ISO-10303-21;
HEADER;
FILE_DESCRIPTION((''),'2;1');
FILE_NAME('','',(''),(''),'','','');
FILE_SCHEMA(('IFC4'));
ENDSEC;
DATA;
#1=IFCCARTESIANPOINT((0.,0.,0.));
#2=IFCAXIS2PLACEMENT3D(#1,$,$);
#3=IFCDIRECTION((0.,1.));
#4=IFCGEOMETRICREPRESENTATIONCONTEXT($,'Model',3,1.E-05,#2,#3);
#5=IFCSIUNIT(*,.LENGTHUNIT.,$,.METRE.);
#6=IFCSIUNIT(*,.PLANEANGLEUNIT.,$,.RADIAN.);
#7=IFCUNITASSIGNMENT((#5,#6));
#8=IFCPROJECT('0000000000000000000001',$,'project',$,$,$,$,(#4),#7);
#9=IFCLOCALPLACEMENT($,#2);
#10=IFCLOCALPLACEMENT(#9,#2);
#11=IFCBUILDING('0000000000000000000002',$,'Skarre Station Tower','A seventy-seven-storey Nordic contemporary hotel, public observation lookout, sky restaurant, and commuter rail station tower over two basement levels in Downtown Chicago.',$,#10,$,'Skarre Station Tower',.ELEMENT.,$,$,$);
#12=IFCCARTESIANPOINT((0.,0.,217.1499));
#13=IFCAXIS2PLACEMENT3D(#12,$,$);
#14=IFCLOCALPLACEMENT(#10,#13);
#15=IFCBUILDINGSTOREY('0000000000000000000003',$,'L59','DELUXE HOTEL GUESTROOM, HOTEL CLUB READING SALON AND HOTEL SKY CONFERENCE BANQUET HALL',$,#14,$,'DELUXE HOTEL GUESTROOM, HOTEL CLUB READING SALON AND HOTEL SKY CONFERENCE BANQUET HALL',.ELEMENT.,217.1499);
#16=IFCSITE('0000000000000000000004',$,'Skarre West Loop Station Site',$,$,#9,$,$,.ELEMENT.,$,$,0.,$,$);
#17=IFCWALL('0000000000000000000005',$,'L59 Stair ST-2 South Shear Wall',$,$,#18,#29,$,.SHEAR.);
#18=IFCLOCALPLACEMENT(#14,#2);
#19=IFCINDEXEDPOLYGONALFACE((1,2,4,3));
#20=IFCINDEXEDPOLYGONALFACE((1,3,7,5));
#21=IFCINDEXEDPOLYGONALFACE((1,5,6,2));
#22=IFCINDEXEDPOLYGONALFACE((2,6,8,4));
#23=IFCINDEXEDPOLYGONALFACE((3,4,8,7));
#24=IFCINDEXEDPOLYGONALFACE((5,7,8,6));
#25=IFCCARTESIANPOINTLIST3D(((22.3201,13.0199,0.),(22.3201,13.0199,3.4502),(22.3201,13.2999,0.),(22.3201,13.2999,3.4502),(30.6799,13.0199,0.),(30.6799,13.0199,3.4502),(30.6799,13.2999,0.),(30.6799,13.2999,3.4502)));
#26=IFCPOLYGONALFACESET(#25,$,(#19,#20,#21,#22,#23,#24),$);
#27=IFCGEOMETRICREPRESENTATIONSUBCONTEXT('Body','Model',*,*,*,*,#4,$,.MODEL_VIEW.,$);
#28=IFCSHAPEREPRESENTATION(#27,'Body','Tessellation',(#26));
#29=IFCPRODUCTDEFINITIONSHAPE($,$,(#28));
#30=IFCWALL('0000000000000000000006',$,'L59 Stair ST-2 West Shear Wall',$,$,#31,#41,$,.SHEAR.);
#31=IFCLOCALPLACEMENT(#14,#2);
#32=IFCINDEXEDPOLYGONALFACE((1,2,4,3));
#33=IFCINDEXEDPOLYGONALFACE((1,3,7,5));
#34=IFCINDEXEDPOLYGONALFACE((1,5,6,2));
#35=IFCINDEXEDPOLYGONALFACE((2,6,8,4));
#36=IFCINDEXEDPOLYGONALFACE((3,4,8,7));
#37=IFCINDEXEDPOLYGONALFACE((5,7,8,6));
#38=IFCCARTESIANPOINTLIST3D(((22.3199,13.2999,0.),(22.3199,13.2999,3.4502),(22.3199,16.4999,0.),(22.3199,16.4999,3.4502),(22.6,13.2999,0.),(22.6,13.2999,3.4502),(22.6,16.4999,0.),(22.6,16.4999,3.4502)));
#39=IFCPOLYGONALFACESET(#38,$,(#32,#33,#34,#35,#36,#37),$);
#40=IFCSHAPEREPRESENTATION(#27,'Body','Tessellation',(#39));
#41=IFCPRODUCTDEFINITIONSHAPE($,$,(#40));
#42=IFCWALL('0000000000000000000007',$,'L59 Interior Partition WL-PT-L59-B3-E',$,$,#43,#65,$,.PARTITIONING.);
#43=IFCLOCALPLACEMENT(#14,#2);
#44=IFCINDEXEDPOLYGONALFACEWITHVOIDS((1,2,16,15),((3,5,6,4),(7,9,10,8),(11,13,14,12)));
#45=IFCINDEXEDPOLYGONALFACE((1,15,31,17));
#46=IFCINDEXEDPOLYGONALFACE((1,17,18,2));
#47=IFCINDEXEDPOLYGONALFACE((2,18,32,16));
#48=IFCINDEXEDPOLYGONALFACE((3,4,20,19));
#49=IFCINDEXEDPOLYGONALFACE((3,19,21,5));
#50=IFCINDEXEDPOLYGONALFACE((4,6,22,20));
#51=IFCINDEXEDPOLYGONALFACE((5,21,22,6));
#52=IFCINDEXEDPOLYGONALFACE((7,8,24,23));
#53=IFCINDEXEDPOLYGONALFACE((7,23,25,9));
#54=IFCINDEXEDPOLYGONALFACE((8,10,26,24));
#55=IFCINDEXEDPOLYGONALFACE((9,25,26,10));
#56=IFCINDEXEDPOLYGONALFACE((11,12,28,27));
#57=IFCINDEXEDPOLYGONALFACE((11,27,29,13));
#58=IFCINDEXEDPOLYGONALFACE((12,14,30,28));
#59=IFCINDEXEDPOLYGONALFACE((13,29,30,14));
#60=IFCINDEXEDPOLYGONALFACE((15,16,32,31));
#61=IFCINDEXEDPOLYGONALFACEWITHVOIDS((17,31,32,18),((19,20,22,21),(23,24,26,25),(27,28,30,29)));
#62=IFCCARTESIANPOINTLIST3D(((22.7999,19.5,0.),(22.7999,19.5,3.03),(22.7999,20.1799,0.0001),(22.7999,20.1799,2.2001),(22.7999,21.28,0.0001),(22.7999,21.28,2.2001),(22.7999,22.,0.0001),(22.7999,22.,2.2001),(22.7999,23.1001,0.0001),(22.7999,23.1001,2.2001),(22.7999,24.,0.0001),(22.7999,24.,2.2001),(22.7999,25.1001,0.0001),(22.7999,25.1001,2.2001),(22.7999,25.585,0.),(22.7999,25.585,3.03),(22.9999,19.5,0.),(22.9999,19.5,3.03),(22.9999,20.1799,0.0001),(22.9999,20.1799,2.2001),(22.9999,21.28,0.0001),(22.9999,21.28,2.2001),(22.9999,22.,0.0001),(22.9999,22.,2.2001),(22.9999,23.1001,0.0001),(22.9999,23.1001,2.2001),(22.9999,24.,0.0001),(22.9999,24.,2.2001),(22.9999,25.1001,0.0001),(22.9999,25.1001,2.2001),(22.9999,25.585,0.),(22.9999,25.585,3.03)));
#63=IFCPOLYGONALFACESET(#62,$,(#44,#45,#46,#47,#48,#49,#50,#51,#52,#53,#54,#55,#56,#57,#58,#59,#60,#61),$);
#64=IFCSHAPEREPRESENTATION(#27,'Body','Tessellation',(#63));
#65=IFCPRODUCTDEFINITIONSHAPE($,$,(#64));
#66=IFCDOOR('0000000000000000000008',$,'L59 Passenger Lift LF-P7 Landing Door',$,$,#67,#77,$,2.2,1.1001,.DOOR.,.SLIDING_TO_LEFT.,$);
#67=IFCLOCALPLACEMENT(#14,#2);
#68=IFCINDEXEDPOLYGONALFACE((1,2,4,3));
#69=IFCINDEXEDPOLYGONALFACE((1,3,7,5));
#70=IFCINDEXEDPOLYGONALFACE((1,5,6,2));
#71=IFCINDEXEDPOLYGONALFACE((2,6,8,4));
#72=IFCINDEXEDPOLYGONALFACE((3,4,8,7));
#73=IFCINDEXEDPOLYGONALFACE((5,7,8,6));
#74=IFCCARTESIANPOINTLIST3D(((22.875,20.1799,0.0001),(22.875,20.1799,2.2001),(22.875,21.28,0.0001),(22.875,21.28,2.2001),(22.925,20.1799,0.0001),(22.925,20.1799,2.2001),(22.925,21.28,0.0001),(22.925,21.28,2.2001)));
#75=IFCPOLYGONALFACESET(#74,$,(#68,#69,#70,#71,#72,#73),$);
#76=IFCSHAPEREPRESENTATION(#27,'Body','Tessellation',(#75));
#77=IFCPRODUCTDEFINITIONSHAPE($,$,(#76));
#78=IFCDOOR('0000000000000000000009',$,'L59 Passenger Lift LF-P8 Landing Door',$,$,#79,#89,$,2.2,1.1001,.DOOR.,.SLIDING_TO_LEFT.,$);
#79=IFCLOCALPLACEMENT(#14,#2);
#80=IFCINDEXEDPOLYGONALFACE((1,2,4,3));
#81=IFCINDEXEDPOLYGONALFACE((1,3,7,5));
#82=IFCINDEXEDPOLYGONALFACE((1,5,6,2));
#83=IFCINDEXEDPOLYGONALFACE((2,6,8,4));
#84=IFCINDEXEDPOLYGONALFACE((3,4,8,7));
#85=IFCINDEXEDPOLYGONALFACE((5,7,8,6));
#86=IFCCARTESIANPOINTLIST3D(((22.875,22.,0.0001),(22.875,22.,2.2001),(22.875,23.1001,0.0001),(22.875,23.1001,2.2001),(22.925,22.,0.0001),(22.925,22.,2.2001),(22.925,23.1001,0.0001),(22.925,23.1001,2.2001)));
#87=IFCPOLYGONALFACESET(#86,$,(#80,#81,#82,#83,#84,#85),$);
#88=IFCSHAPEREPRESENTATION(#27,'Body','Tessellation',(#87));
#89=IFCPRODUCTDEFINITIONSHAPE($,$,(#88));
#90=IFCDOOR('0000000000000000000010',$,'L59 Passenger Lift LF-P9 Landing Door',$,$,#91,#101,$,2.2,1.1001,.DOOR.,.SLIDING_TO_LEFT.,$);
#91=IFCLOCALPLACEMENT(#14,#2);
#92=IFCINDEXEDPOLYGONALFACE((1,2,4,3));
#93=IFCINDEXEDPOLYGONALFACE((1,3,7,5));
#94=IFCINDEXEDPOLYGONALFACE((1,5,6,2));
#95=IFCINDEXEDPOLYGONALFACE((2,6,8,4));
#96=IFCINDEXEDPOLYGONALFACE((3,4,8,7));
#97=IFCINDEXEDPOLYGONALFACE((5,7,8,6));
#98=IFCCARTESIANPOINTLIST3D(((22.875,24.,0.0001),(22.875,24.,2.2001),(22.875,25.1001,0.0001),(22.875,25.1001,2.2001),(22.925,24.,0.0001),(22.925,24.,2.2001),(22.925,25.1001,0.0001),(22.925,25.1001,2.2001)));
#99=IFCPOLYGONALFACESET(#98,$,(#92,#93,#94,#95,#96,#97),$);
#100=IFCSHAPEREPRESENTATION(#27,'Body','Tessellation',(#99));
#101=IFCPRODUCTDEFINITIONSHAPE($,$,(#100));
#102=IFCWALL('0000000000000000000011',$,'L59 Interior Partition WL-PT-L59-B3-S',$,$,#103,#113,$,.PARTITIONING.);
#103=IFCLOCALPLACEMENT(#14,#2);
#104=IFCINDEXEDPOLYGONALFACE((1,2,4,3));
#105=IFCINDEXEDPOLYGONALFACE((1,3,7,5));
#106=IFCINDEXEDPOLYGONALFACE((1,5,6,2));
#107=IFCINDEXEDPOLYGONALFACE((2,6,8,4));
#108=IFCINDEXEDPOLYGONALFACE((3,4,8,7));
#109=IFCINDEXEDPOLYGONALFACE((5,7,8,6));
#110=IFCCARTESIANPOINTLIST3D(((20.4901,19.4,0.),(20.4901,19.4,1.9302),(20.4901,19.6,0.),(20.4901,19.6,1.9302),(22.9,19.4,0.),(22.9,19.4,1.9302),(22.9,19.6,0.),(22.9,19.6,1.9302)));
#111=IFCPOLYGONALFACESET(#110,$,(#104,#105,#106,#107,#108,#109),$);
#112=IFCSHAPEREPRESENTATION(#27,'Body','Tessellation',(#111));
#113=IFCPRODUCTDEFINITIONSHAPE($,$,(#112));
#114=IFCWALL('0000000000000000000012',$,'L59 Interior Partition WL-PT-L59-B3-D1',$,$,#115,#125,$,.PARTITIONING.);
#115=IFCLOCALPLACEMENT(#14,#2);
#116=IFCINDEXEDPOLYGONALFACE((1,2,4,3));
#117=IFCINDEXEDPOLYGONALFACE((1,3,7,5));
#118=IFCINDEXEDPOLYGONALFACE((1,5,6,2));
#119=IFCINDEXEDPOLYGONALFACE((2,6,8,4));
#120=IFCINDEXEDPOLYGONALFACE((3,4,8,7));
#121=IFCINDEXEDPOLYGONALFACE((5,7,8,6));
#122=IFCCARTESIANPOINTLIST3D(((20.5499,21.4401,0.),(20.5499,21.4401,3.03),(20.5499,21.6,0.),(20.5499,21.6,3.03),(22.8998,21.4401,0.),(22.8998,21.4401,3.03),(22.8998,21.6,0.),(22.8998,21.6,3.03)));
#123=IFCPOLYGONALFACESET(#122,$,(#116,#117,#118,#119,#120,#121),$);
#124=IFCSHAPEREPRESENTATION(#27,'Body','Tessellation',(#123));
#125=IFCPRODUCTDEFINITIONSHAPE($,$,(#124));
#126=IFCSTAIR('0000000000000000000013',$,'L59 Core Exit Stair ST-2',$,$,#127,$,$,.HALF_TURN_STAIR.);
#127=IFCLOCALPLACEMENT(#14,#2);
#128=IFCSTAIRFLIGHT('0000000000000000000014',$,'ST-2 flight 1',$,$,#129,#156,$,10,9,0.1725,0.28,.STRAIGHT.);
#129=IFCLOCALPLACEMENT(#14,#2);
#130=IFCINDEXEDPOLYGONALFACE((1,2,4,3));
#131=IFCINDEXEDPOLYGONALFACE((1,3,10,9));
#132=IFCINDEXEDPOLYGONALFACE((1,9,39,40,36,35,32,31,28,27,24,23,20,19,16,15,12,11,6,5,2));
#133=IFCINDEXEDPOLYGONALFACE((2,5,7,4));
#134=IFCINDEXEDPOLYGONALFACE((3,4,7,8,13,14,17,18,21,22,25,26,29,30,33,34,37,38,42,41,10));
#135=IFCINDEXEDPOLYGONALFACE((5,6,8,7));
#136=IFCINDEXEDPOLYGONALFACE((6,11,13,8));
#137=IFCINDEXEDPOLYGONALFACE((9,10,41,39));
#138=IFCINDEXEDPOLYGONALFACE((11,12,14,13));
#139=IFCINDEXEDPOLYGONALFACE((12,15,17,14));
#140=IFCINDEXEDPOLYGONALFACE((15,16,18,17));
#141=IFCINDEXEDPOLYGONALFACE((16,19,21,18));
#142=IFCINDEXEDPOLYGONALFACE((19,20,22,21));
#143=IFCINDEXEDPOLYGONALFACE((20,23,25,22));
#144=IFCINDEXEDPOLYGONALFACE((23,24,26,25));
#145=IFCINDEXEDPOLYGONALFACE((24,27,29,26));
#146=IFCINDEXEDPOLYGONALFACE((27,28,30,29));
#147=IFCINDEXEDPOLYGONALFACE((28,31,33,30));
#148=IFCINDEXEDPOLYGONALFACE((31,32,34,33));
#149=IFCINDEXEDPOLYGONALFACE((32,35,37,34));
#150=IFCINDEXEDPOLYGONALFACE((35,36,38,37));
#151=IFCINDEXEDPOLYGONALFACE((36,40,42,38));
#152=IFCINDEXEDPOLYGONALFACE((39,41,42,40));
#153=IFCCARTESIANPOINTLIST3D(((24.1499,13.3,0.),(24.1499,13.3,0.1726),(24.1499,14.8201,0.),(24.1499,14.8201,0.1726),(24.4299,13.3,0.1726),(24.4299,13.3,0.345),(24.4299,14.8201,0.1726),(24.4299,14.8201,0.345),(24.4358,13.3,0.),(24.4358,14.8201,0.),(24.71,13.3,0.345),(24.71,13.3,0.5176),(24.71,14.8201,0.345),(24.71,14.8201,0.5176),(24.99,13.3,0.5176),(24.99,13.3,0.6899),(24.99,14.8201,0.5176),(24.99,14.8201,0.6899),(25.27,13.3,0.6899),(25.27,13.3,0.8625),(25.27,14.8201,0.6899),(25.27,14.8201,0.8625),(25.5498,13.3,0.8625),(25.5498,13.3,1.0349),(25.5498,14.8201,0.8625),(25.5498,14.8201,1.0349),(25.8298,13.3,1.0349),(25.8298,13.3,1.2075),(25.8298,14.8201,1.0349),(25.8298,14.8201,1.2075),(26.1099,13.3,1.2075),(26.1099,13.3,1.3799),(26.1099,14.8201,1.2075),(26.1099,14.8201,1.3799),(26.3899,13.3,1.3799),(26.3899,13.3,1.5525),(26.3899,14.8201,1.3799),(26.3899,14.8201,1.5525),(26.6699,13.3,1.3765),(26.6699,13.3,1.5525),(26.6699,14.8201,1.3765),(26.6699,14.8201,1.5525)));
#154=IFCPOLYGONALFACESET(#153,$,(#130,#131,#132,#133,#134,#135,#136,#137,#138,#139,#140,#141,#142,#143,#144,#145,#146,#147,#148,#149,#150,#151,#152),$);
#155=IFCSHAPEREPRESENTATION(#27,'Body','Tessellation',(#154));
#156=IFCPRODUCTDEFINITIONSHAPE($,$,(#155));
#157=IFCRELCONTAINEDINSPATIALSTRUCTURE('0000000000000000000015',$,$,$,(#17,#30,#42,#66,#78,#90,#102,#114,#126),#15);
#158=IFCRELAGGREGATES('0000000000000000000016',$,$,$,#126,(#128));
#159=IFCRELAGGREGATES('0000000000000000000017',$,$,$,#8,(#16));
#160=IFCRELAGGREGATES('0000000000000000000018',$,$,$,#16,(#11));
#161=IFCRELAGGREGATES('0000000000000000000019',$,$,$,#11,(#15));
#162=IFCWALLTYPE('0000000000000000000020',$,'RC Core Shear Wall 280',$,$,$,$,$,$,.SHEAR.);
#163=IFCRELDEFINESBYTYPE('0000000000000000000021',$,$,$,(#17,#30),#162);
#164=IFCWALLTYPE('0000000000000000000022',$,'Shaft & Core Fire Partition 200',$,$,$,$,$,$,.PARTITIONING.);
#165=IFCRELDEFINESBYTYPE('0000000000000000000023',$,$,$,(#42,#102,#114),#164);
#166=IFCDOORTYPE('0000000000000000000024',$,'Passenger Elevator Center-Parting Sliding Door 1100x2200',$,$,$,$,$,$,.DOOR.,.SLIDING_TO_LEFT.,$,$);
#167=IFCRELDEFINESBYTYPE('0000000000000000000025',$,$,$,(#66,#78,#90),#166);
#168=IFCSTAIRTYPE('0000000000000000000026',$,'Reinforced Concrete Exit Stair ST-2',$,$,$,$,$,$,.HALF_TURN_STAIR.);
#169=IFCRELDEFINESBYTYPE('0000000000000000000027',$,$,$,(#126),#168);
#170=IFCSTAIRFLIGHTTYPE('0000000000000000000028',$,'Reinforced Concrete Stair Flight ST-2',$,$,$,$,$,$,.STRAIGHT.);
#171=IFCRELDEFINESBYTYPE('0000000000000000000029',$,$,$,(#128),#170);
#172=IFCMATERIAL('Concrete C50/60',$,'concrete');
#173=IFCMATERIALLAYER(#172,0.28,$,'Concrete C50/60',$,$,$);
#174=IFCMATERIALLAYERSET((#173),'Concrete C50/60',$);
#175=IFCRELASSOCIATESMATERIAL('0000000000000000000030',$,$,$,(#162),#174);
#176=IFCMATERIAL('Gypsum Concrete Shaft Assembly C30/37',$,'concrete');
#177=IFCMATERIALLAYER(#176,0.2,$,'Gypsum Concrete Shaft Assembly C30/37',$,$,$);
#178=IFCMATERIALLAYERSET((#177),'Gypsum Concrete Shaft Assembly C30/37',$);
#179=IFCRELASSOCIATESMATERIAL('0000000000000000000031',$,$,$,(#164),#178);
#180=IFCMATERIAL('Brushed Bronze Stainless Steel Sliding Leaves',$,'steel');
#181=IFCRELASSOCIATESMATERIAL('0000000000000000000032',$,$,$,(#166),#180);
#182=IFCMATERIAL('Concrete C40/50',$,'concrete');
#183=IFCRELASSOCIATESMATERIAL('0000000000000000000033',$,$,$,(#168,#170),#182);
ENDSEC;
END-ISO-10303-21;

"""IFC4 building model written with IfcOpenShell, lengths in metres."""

from ifc_helpers import new_model, si_unit, direction, frame, frame_2d, origin, place, context, subcontext, project, spatial, polyline, rectangle, outline, extrude, material, layer, layer_set, type_object, element, fill, aggregate, save


model = new_model("IFC4")

# Units and contexts
model_context = context("Model", 3, precision=1e-05, world=origin(), true_north=direction((0.0, 1.0)))
body_context = subcontext(model_context, "Body", "Model", "MODEL_VIEW")
ifc_project = project(units=[si_unit("LENGTHUNIT", "METRE"), si_unit("PLANEANGLEUNIT", "RADIAN")], contexts=[model_context])

# Site, building, storey
site_placement = place(None, origin())
site = spatial("IfcSite", under=ifc_project, at=site_placement, Name="Skarre West Loop Station Site", CompositionType="ELEMENT", RefElevation=0.0)
building_placement = place(site_placement, origin())
building = spatial("IfcBuilding", under=site, at=building_placement, Name="Skarre Station Tower", Description="A seventy-seven-storey Nordic contemporary hotel, public observation lookout, sky restaurant, and commuter rail station tower over two basement levels in Downtown Chicago.", LongName="Skarre Station Tower", CompositionType="ELEMENT")
storey_placement = place(building_placement, frame((0.0, 0.0, 217.1499)))
storey = spatial("IfcBuildingStorey", under=building, at=storey_placement, Name="L59", Description="DELUXE HOTEL GUESTROOM, HOTEL CLUB READING SALON AND HOTEL SKY CONFERENCE BANQUET HALL", LongName="DELUXE HOTEL GUESTROOM, HOTEL CLUB READING SALON AND HOTEL SKY CONFERENCE BANQUET HALL", CompositionType="ELEMENT", Elevation=217.1499)

# Shared definitions
ifc_material_1 = material(Name="Concrete C50/60", Category="concrete")

# Shared definitions
ifc_layer_1 = layer(ifc_material_1, 0.28, Name="Concrete C50/60")
ifc_layer_set_1 = layer_set([ifc_layer_1], Name="Concrete C50/60")
wall_type_1 = type_object("IfcWallType", Name="RC Core Shear Wall 280", PredefinedType="SHEAR", material=ifc_layer_set_1)

# Walls
wall_1_placement = place(storey_placement, frame((22.3201, 13.1599, 0.0), z_axis=(0.0, 0.0, 1.0), x_axis=(1.0, 0.0, 0.0)))
element("IfcWall", 1, at=wall_1_placement, inside=storey, type_object=wall_type_1, Name="L59 Stair ST-2 South Shear Wall", PredefinedType="SHEAR", context=body_context, shape_type="SweptSolid", body=[
    extrude(rectangle(XDim=8.3599, YDim=0.28, at=frame_2d((4.1799, 0.0))), origin(), (0.0, 0.0, 1.0), 3.4502),
])
wall_2_placement = place(storey_placement, frame((22.46, 16.5, 0.0), z_axis=(0.0, 0.0, 1.0), x_axis=(0.0, -1.0, 0.0)))
element("IfcWall", 2, at=wall_2_placement, inside=storey, type_object=wall_type_1, Name="L59 Stair ST-2 West Shear Wall", PredefinedType="SHEAR", context=body_context, shape_type="SweptSolid", body=[
    extrude(rectangle(XDim=3.2, YDim=0.28, at=frame_2d((1.6001, 0.0))), origin(), (0.0, 0.0, 1.0), 3.4502),
])

# Wall, openings, doors
ifc_material_2 = material(Name="Gypsum Concrete Shaft Assembly C30/37", Category="concrete")
ifc_layer_2 = layer(ifc_material_2, 0.2, Name="Gypsum Concrete Shaft Assembly C30/37")
ifc_layer_set_2 = layer_set([ifc_layer_2], Name="Gypsum Concrete Shaft Assembly C30/37")
wall_type_2 = type_object("IfcWallType", Name="Shaft & Core Fire Partition 200", PredefinedType="PARTITIONING", material=ifc_layer_set_2)
wall_3_placement = place(storey_placement, frame((22.8999, 19.5, 0.0), z_axis=(0.0, 0.0, 1.0), x_axis=(0.0, 1.0, 0.0)))
wall_3 = element("IfcWall", 3, at=wall_3_placement, inside=storey, type_object=wall_type_2, Name="L59 Interior Partition WL-PT-L59-B3-E", PredefinedType="PARTITIONING", context=body_context, shape_type="SweptSolid", body=[
    extrude(rectangle(XDim=6.085, YDim=0.2, at=frame_2d((3.0425, 0.0))), origin(), (0.0, 0.0, 1.0), 3.03),
])
opening_1_placement = place(wall_3_placement, frame((0.6799, 0.0, 0.0)))
opening_1 = element("IfcOpeningElement", 4, at=opening_1_placement, cuts=wall_3, PredefinedType="OPENING", context=body_context, shape_type="SweptSolid", body=[
    extrude(rectangle(XDim=1.1001, YDim=2.2, at=frame_2d((0.55, 1.1001))), frame((0.0, 0.1099, 0.0), z_axis=(0.0, -1.0, 0.0), x_axis=(1.0, 0.0, 0.0)), (0.0, 0.0, 1.0), 0.22),
])
opening_2_placement = place(wall_3_placement, frame((2.5, 0.0, 0.0)))
opening_2 = element("IfcOpeningElement", 5, at=opening_2_placement, cuts=wall_3, PredefinedType="OPENING", context=body_context, shape_type="SweptSolid", body=[
    extrude(rectangle(XDim=1.1001, YDim=2.2, at=frame_2d((0.55, 1.1001))), frame((0.0, 0.1099, 0.0), z_axis=(0.0, -1.0, 0.0), x_axis=(1.0, 0.0, 0.0)), (0.0, 0.0, 1.0), 0.22),
])
opening_3_placement = place(wall_3_placement, frame((4.5, 0.0, 0.0)))
opening_3 = element("IfcOpeningElement", 6, at=opening_3_placement, cuts=wall_3, PredefinedType="OPENING", context=body_context, shape_type="SweptSolid", body=[
    extrude(rectangle(XDim=1.1001, YDim=2.2, at=frame_2d((0.55, 1.1001))), frame((0.0, 0.1099, 0.0), z_axis=(0.0, -1.0, 0.0), x_axis=(1.0, 0.0, 0.0)), (0.0, 0.0, 1.0), 0.22),
])
ifc_material_3 = material(Name="Brushed Bronze Stainless Steel Sliding Leaves", Category="steel")
door_type_1 = type_object("IfcDoorType", Name="Passenger Elevator Center-Parting Sliding Door 1100x2200", OperationType="SLIDING_TO_LEFT", PredefinedType="DOOR", material=ifc_material_3)
door_1_placement = place(opening_1_placement, origin())
door_1 = element("IfcDoor", 7, at=door_1_placement, inside=storey, type_object=door_type_1, Name="L59 Passenger Lift LF-P7 Landing Door", OperationType="SLIDING_TO_LEFT", OverallHeight=2.2, OverallWidth=1.1001, PredefinedType="DOOR", context=body_context, shape_type="SweptSolid", body=[
    extrude(rectangle(XDim=1.1001, YDim=2.2, at=frame_2d((0.55, 1.1001))), frame((0.0, 0.0249, 0.0), z_axis=(0.0, -1.0, 0.0), x_axis=(1.0, 0.0, 0.0)), (0.0, 0.0, 1.0), 0.05),
])
fill(opening_1, door_1)
door_2_placement = place(opening_2_placement, origin())
door_2 = element("IfcDoor", 8, at=door_2_placement, inside=storey, type_object=door_type_1, Name="L59 Passenger Lift LF-P8 Landing Door", OperationType="SLIDING_TO_LEFT", OverallHeight=2.2, OverallWidth=1.1001, PredefinedType="DOOR", context=body_context, shape_type="SweptSolid", body=[
    extrude(rectangle(XDim=1.1001, YDim=2.2, at=frame_2d((0.55, 1.1001))), frame((0.0, 0.0249, 0.0), z_axis=(0.0, -1.0, 0.0), x_axis=(1.0, 0.0, 0.0)), (0.0, 0.0, 1.0), 0.05),
])
fill(opening_2, door_2)
door_3_placement = place(opening_3_placement, origin())
door_3 = element("IfcDoor", 9, at=door_3_placement, inside=storey, type_object=door_type_1, Name="L59 Passenger Lift LF-P9 Landing Door", OperationType="SLIDING_TO_LEFT", OverallHeight=2.2, OverallWidth=1.1001, PredefinedType="DOOR", context=body_context, shape_type="SweptSolid", body=[
    extrude(rectangle(XDim=1.1001, YDim=2.2, at=frame_2d((0.55, 1.1001))), frame((0.0, 0.0249, 0.0), z_axis=(0.0, -1.0, 0.0), x_axis=(1.0, 0.0, 0.0)), (0.0, 0.0, 1.0), 0.05),
])
fill(opening_3, door_3)

# Walls
wall_4_placement = place(storey_placement, frame((20.49, 19.5, 0.0), z_axis=(0.0, 0.0, 1.0), x_axis=(1.0, 0.0, 0.0)))
element("IfcWall", 10, at=wall_4_placement, inside=storey, type_object=wall_type_2, Name="L59 Interior Partition WL-PT-L59-B3-S", PredefinedType="PARTITIONING", context=body_context, shape_type="SweptSolid", body=[
    extrude(rectangle(XDim=2.4099, YDim=0.2, at=frame_2d((1.2051, 0.0))), origin(), (0.0, 0.0, 1.0), 1.9302),
])
wall_5_placement = place(storey_placement, frame((20.55, 21.52, 0.0), z_axis=(0.0, 0.0, 1.0), x_axis=(1.0, 0.0, 0.0)))
element("IfcWall", 11, at=wall_5_placement, inside=storey, type_object=wall_type_2, Name="L59 Interior Partition WL-PT-L59-B3-D1", PredefinedType="PARTITIONING", context=body_context, shape_type="SweptSolid", body=[
    extrude(rectangle(XDim=2.3499, YDim=0.1599, at=frame_2d((1.1748, 0.0))), origin(), (0.0, 0.0, 1.0), 3.03),
])

# Stair, stair flight
ifc_material_4 = material(Name="Concrete C40/50", Category="concrete")
stair_type = type_object("IfcStairType", Name="Reinforced Concrete Exit Stair ST-2", PredefinedType="HALF_TURN_STAIR", material=ifc_material_4)
stair_placement = place(storey_placement, origin())
stair = element("IfcStair", 12, at=stair_placement, inside=storey, type_object=stair_type, Name="L59 Core Exit Stair ST-2", PredefinedType="HALF_TURN_STAIR")
stair_flight_type = type_object("IfcStairFlightType", Name="Reinforced Concrete Stair Flight ST-2", PredefinedType="STRAIGHT", material=ifc_material_4)
stair_flight_1_placement = place(storey_placement, frame((24.1499, 14.0601, 0.0), z_axis=(0.0, 0.0, 1.0), x_axis=(1.0, 0.0, 0.0)))
stair_flight_1 = element("IfcStairFlight", 13, at=stair_flight_1_placement, type_object=stair_flight_type, Name="ST-2 flight 1", NumberOfRisers=10, NumberOfTreads=9, PredefinedType="STRAIGHT", RiserHeight=0.1725, TreadLength=0.28, context=body_context, shape_type="SweptSolid", body=[
    extrude(outline(polyline([(0.0, 0.0), (0.0, 0.1726), (0.28, 0.1726), (0.28, 0.345), (0.5601, 0.345), (0.5601, 0.5176), (0.8401, 0.5176), (0.8401, 0.6899), (1.1201, 0.6899), (1.1201, 0.8625), (1.3999, 0.8625), (1.3999, 1.0349), (1.6799, 1.0349), (1.6799, 1.2075), (1.96, 1.2075), (1.96, 1.3799), (2.24, 1.3799), (2.24, 1.5525), (2.52, 1.5525), (2.52, 1.7251), (2.52, 1.3765), (0.2859, 0.0), (0.0, 0.0)])), frame((0.0, 0.76, 0.0), z_axis=(0.0, -1.0, 0.0), x_axis=(1.0, 0.0, 0.0)), (0.0, 0.0, 1.0), 1.52),
])
aggregate(stair, [stair_flight_1])

save(model, "model.ifc")
